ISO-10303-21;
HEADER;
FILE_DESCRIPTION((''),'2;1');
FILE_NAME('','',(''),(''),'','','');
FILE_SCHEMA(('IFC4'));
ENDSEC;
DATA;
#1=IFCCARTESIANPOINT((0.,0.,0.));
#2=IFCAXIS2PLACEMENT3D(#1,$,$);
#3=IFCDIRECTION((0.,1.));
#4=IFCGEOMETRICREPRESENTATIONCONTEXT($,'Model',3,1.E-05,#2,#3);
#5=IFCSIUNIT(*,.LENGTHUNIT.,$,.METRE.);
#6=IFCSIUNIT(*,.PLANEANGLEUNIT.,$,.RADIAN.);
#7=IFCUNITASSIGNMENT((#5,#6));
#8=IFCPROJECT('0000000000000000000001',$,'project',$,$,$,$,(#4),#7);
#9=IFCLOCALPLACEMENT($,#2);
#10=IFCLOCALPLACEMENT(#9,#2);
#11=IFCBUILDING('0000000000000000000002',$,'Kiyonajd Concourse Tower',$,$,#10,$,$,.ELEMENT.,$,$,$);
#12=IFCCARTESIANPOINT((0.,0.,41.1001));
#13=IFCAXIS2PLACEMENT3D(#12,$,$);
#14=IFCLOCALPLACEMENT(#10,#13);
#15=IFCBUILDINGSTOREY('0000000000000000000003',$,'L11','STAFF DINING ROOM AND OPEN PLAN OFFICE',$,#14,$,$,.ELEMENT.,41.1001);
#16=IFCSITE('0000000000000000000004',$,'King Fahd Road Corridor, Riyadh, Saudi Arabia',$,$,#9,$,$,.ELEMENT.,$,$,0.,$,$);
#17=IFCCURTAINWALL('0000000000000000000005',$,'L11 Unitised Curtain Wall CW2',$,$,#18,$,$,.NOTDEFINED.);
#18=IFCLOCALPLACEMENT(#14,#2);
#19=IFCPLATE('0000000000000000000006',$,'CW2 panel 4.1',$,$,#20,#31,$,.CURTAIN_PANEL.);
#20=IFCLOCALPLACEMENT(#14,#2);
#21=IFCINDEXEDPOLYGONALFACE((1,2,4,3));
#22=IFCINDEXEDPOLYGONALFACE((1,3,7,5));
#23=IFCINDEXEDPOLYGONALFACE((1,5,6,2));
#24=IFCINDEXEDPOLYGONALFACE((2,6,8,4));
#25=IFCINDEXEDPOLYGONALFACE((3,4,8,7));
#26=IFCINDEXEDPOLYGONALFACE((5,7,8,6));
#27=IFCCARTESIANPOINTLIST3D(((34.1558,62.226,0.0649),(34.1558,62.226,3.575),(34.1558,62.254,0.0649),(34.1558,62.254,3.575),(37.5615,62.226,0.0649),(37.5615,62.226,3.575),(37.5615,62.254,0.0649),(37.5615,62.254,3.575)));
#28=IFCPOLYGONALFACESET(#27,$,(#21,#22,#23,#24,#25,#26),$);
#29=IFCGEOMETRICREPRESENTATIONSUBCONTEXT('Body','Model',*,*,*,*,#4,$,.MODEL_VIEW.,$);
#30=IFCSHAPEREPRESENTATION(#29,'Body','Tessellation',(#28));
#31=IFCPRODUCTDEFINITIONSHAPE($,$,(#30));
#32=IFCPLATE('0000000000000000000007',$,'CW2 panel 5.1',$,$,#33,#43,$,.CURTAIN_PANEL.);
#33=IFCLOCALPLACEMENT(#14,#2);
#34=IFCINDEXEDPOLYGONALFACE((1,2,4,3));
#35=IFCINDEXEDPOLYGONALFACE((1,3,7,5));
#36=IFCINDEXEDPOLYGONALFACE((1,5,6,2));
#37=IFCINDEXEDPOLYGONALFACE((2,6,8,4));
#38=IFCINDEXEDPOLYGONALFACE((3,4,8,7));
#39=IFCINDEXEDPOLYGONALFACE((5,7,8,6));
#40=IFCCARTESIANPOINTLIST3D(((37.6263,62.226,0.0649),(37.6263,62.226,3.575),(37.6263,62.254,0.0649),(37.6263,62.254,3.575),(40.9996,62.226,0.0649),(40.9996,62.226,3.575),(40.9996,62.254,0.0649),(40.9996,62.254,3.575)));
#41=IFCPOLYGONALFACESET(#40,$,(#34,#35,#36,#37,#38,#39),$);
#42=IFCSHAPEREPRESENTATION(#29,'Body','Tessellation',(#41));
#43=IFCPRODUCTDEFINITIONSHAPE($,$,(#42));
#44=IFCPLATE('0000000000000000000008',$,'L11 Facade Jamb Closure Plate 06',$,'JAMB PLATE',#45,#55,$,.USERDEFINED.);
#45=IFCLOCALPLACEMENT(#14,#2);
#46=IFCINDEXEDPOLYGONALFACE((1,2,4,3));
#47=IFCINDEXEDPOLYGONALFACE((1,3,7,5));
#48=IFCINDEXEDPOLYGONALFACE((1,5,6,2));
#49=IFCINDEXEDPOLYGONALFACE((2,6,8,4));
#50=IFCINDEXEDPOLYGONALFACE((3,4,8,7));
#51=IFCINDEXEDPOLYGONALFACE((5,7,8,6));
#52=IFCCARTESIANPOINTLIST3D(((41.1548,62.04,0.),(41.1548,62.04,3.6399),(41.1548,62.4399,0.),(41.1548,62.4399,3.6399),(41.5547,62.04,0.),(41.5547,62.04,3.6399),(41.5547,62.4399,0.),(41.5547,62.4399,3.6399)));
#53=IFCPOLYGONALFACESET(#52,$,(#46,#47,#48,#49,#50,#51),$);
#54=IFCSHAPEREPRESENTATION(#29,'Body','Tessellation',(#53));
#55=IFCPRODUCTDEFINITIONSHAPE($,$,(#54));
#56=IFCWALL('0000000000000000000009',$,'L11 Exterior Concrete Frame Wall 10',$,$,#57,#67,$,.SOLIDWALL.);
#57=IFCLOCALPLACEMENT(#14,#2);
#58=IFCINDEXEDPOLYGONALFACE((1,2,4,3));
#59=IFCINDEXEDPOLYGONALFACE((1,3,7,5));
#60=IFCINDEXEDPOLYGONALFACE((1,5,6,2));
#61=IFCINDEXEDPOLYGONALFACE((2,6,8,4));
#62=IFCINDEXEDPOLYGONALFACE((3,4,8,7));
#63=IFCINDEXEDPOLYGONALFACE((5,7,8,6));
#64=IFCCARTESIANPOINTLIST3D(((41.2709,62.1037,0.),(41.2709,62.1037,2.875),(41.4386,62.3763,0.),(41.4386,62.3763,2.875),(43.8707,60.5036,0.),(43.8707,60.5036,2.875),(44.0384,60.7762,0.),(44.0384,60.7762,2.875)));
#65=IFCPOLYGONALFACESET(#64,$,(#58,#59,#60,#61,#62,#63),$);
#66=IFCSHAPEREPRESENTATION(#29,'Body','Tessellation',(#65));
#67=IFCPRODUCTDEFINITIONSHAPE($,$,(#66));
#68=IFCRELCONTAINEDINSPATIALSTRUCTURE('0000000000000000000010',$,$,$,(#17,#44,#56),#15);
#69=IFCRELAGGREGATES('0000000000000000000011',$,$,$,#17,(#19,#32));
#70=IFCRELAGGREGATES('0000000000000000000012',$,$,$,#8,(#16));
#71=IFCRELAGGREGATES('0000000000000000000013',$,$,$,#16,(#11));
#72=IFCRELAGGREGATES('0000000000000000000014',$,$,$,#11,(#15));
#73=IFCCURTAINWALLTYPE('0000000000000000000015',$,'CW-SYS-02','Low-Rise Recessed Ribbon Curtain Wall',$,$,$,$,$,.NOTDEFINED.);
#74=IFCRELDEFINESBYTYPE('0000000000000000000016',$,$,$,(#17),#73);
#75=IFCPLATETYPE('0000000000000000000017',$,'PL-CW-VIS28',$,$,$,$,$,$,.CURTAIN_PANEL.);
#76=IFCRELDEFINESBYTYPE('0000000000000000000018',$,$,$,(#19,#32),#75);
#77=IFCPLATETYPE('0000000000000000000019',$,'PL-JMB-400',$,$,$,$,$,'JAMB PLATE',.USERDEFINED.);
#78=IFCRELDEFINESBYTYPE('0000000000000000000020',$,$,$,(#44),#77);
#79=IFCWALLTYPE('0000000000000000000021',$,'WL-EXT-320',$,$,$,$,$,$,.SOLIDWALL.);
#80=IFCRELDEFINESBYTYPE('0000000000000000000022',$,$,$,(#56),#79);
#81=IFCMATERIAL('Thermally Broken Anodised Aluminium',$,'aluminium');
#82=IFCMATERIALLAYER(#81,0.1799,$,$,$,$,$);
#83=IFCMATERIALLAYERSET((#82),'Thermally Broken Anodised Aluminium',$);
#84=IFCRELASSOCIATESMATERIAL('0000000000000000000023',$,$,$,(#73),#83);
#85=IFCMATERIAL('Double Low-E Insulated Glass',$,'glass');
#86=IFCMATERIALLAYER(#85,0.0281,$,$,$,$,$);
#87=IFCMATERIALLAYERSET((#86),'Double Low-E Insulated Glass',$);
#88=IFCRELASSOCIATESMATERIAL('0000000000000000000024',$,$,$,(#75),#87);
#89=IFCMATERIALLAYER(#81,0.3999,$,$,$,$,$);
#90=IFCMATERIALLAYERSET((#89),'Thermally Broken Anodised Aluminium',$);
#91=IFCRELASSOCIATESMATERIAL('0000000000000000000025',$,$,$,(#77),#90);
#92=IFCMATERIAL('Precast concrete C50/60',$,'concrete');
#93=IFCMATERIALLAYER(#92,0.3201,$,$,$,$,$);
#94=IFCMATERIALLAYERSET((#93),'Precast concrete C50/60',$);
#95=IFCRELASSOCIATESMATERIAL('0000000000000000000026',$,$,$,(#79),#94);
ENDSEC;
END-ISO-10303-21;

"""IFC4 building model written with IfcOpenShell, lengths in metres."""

from ifc_helpers import new_model, si_unit, direction, frame, frame_2d, origin, origin_2d, place, context, subcontext, project, spatial, rectangle, extrude, material, layer, layer_set, type_object, element, aggregate, save


model = new_model("IFC4")

# Units and contexts
model_context = context("Model", 3, precision=1e-05, world=origin(), true_north=direction((0.0, 1.0)))
body_context = subcontext(model_context, "Body", "Model", "MODEL_VIEW")
ifc_project = project(units=[si_unit("LENGTHUNIT", "METRE"), si_unit("PLANEANGLEUNIT", "RADIAN")], contexts=[model_context])

# Site, building, storey
site_placement = place(None, origin())
site = spatial("IfcSite", under=ifc_project, at=site_placement, Name="King Fahd Road Corridor, Riyadh, Saudi Arabia", CompositionType="ELEMENT", RefElevation=0.0)
building_placement = place(site_placement, origin())
building = spatial("IfcBuilding", under=site, at=building_placement, Name="Kiyonajd Concourse Tower", CompositionType="ELEMENT")
storey_placement = place(building_placement, frame((0.0, 0.0, 41.1001)))
storey = spatial("IfcBuildingStorey", under=building, at=storey_placement, Name="L11", Description="STAFF DINING ROOM AND OPEN PLAN OFFICE", CompositionType="ELEMENT", Elevation=41.1001)

# Shared definitions
ifc_material_1 = material(Name="Precast concrete C50/60", Category="concrete")

# Curtain wall, plates
ifc_material_2 = material(Name="Thermally Broken Anodised Aluminium", Category="aluminium")
ifc_layer_1 = layer(ifc_material_2, 0.1799)
ifc_layer_set_1 = layer_set([ifc_layer_1], Name="Thermally Broken Anodised Aluminium")
curtain_wall_type = type_object("IfcCurtainWallType", Name="CW-SYS-02", Description="Low-Rise Recessed Ribbon Curtain Wall", PredefinedType="NOTDEFINED", material=ifc_layer_set_1)
curtain_wall_placement = place(storey_placement, origin())
curtain_wall = element("IfcCurtainWall", 1, at=curtain_wall_placement, inside=storey, type_object=curtain_wall_type, Name="L11 Unitised Curtain Wall CW2", PredefinedType="NOTDEFINED")
ifc_material_3 = material(Name="Double Low-E Insulated Glass", Category="glass")
ifc_layer_2 = layer(ifc_material_3, 0.0281)
ifc_layer_set_2 = layer_set([ifc_layer_2], Name="Double Low-E Insulated Glass")
plate_type_1 = type_object("IfcPlateType", Name="PL-CW-VIS28", PredefinedType="CURTAIN_PANEL", material=ifc_layer_set_2)
plate_1_placement = place(storey_placement, frame((35.8586, 62.24, 0.0649), z_axis=(0.0, 0.0, 1.0), x_axis=(1.0, 0.0, 0.0)))
plate_1 = element("IfcPlate", 2, at=plate_1_placement, type_object=plate_type_1, Name="CW2 panel 4.1", PredefinedType="CURTAIN_PANEL", context=body_context, shape_type="SweptSolid", body=[
    extrude(rectangle(XDim=3.4058, YDim=0.0281, at=origin_2d()), origin(), (0.0, 0.0, 1.0), 3.51),
])
plate_2_placement = place(storey_placement, frame((39.313, 62.24, 0.0649), z_axis=(0.0, 0.0, 1.0), x_axis=(1.0, 0.0, 0.0)))
plate_2 = element("IfcPlate", 3, at=plate_2_placement, type_object=plate_type_1, Name="CW2 panel 5.1", PredefinedType="CURTAIN_PANEL", context=body_context, shape_type="SweptSolid", body=[
    extrude(rectangle(XDim=3.3733, YDim=0.0281, at=origin_2d()), origin(), (0.0, 0.0, 1.0), 3.51),
])
aggregate(curtain_wall, [plate_1, plate_2])

# Plate
ifc_layer_3 = layer(ifc_material_2, 0.3999)
ifc_layer_set_3 = layer_set([ifc_layer_3], Name="Thermally Broken Anodised Aluminium")
plate_type_2 = type_object("IfcPlateType", Name="PL-JMB-400", ElementType="JAMB PLATE", PredefinedType="USERDEFINED", material=ifc_layer_set_3)
plate_3_placement = place(storey_placement, frame((41.3547, 62.24, 0.0), z_axis=(0.0, 0.0, 1.0), x_axis=(1.0, 0.0, 0.0)))
element("IfcPlate", 4, at=plate_3_placement, inside=storey, type_object=plate_type_2, Name="L11 Facade Jamb Closure Plate 06", ObjectType="JAMB PLATE", PredefinedType="USERDEFINED", context=body_context, shape_type="SweptSolid", body=[
    extrude(rectangle(XDim=0.3999, YDim=0.3999, at=origin_2d()), origin(), (0.0, 0.0, 1.0), 3.6399),
])

# Wall
ifc_layer_4 = layer(ifc_material_1, 0.3201)
ifc_layer_set_4 = layer_set([ifc_layer_4], Name="Precast concrete C50/60")
wall_type = type_object("IfcWallType", Name="WL-EXT-320", PredefinedType="SOLIDWALL", material=ifc_layer_set_4)
wall_placement = place(storey_placement, frame((41.3547, 62.24, 0.0), z_axis=(0.0, 0.0, 1.0), x_axis=(0.851631, -0.524142, 0.0)))
element("IfcWall", 5, at=wall_placement, inside=storey, type_object=wall_type, Name="L11 Exterior Concrete Frame Wall 10", PredefinedType="SOLIDWALL", context=body_context, shape_type="SweptSolid", body=[
    extrude(rectangle(XDim=3.0527, YDim=0.3201, at=frame_2d((1.5264, 0.0))), origin(), (0.0, 0.0, 1.0), 2.875),
])

save(model, "model.ifc")
